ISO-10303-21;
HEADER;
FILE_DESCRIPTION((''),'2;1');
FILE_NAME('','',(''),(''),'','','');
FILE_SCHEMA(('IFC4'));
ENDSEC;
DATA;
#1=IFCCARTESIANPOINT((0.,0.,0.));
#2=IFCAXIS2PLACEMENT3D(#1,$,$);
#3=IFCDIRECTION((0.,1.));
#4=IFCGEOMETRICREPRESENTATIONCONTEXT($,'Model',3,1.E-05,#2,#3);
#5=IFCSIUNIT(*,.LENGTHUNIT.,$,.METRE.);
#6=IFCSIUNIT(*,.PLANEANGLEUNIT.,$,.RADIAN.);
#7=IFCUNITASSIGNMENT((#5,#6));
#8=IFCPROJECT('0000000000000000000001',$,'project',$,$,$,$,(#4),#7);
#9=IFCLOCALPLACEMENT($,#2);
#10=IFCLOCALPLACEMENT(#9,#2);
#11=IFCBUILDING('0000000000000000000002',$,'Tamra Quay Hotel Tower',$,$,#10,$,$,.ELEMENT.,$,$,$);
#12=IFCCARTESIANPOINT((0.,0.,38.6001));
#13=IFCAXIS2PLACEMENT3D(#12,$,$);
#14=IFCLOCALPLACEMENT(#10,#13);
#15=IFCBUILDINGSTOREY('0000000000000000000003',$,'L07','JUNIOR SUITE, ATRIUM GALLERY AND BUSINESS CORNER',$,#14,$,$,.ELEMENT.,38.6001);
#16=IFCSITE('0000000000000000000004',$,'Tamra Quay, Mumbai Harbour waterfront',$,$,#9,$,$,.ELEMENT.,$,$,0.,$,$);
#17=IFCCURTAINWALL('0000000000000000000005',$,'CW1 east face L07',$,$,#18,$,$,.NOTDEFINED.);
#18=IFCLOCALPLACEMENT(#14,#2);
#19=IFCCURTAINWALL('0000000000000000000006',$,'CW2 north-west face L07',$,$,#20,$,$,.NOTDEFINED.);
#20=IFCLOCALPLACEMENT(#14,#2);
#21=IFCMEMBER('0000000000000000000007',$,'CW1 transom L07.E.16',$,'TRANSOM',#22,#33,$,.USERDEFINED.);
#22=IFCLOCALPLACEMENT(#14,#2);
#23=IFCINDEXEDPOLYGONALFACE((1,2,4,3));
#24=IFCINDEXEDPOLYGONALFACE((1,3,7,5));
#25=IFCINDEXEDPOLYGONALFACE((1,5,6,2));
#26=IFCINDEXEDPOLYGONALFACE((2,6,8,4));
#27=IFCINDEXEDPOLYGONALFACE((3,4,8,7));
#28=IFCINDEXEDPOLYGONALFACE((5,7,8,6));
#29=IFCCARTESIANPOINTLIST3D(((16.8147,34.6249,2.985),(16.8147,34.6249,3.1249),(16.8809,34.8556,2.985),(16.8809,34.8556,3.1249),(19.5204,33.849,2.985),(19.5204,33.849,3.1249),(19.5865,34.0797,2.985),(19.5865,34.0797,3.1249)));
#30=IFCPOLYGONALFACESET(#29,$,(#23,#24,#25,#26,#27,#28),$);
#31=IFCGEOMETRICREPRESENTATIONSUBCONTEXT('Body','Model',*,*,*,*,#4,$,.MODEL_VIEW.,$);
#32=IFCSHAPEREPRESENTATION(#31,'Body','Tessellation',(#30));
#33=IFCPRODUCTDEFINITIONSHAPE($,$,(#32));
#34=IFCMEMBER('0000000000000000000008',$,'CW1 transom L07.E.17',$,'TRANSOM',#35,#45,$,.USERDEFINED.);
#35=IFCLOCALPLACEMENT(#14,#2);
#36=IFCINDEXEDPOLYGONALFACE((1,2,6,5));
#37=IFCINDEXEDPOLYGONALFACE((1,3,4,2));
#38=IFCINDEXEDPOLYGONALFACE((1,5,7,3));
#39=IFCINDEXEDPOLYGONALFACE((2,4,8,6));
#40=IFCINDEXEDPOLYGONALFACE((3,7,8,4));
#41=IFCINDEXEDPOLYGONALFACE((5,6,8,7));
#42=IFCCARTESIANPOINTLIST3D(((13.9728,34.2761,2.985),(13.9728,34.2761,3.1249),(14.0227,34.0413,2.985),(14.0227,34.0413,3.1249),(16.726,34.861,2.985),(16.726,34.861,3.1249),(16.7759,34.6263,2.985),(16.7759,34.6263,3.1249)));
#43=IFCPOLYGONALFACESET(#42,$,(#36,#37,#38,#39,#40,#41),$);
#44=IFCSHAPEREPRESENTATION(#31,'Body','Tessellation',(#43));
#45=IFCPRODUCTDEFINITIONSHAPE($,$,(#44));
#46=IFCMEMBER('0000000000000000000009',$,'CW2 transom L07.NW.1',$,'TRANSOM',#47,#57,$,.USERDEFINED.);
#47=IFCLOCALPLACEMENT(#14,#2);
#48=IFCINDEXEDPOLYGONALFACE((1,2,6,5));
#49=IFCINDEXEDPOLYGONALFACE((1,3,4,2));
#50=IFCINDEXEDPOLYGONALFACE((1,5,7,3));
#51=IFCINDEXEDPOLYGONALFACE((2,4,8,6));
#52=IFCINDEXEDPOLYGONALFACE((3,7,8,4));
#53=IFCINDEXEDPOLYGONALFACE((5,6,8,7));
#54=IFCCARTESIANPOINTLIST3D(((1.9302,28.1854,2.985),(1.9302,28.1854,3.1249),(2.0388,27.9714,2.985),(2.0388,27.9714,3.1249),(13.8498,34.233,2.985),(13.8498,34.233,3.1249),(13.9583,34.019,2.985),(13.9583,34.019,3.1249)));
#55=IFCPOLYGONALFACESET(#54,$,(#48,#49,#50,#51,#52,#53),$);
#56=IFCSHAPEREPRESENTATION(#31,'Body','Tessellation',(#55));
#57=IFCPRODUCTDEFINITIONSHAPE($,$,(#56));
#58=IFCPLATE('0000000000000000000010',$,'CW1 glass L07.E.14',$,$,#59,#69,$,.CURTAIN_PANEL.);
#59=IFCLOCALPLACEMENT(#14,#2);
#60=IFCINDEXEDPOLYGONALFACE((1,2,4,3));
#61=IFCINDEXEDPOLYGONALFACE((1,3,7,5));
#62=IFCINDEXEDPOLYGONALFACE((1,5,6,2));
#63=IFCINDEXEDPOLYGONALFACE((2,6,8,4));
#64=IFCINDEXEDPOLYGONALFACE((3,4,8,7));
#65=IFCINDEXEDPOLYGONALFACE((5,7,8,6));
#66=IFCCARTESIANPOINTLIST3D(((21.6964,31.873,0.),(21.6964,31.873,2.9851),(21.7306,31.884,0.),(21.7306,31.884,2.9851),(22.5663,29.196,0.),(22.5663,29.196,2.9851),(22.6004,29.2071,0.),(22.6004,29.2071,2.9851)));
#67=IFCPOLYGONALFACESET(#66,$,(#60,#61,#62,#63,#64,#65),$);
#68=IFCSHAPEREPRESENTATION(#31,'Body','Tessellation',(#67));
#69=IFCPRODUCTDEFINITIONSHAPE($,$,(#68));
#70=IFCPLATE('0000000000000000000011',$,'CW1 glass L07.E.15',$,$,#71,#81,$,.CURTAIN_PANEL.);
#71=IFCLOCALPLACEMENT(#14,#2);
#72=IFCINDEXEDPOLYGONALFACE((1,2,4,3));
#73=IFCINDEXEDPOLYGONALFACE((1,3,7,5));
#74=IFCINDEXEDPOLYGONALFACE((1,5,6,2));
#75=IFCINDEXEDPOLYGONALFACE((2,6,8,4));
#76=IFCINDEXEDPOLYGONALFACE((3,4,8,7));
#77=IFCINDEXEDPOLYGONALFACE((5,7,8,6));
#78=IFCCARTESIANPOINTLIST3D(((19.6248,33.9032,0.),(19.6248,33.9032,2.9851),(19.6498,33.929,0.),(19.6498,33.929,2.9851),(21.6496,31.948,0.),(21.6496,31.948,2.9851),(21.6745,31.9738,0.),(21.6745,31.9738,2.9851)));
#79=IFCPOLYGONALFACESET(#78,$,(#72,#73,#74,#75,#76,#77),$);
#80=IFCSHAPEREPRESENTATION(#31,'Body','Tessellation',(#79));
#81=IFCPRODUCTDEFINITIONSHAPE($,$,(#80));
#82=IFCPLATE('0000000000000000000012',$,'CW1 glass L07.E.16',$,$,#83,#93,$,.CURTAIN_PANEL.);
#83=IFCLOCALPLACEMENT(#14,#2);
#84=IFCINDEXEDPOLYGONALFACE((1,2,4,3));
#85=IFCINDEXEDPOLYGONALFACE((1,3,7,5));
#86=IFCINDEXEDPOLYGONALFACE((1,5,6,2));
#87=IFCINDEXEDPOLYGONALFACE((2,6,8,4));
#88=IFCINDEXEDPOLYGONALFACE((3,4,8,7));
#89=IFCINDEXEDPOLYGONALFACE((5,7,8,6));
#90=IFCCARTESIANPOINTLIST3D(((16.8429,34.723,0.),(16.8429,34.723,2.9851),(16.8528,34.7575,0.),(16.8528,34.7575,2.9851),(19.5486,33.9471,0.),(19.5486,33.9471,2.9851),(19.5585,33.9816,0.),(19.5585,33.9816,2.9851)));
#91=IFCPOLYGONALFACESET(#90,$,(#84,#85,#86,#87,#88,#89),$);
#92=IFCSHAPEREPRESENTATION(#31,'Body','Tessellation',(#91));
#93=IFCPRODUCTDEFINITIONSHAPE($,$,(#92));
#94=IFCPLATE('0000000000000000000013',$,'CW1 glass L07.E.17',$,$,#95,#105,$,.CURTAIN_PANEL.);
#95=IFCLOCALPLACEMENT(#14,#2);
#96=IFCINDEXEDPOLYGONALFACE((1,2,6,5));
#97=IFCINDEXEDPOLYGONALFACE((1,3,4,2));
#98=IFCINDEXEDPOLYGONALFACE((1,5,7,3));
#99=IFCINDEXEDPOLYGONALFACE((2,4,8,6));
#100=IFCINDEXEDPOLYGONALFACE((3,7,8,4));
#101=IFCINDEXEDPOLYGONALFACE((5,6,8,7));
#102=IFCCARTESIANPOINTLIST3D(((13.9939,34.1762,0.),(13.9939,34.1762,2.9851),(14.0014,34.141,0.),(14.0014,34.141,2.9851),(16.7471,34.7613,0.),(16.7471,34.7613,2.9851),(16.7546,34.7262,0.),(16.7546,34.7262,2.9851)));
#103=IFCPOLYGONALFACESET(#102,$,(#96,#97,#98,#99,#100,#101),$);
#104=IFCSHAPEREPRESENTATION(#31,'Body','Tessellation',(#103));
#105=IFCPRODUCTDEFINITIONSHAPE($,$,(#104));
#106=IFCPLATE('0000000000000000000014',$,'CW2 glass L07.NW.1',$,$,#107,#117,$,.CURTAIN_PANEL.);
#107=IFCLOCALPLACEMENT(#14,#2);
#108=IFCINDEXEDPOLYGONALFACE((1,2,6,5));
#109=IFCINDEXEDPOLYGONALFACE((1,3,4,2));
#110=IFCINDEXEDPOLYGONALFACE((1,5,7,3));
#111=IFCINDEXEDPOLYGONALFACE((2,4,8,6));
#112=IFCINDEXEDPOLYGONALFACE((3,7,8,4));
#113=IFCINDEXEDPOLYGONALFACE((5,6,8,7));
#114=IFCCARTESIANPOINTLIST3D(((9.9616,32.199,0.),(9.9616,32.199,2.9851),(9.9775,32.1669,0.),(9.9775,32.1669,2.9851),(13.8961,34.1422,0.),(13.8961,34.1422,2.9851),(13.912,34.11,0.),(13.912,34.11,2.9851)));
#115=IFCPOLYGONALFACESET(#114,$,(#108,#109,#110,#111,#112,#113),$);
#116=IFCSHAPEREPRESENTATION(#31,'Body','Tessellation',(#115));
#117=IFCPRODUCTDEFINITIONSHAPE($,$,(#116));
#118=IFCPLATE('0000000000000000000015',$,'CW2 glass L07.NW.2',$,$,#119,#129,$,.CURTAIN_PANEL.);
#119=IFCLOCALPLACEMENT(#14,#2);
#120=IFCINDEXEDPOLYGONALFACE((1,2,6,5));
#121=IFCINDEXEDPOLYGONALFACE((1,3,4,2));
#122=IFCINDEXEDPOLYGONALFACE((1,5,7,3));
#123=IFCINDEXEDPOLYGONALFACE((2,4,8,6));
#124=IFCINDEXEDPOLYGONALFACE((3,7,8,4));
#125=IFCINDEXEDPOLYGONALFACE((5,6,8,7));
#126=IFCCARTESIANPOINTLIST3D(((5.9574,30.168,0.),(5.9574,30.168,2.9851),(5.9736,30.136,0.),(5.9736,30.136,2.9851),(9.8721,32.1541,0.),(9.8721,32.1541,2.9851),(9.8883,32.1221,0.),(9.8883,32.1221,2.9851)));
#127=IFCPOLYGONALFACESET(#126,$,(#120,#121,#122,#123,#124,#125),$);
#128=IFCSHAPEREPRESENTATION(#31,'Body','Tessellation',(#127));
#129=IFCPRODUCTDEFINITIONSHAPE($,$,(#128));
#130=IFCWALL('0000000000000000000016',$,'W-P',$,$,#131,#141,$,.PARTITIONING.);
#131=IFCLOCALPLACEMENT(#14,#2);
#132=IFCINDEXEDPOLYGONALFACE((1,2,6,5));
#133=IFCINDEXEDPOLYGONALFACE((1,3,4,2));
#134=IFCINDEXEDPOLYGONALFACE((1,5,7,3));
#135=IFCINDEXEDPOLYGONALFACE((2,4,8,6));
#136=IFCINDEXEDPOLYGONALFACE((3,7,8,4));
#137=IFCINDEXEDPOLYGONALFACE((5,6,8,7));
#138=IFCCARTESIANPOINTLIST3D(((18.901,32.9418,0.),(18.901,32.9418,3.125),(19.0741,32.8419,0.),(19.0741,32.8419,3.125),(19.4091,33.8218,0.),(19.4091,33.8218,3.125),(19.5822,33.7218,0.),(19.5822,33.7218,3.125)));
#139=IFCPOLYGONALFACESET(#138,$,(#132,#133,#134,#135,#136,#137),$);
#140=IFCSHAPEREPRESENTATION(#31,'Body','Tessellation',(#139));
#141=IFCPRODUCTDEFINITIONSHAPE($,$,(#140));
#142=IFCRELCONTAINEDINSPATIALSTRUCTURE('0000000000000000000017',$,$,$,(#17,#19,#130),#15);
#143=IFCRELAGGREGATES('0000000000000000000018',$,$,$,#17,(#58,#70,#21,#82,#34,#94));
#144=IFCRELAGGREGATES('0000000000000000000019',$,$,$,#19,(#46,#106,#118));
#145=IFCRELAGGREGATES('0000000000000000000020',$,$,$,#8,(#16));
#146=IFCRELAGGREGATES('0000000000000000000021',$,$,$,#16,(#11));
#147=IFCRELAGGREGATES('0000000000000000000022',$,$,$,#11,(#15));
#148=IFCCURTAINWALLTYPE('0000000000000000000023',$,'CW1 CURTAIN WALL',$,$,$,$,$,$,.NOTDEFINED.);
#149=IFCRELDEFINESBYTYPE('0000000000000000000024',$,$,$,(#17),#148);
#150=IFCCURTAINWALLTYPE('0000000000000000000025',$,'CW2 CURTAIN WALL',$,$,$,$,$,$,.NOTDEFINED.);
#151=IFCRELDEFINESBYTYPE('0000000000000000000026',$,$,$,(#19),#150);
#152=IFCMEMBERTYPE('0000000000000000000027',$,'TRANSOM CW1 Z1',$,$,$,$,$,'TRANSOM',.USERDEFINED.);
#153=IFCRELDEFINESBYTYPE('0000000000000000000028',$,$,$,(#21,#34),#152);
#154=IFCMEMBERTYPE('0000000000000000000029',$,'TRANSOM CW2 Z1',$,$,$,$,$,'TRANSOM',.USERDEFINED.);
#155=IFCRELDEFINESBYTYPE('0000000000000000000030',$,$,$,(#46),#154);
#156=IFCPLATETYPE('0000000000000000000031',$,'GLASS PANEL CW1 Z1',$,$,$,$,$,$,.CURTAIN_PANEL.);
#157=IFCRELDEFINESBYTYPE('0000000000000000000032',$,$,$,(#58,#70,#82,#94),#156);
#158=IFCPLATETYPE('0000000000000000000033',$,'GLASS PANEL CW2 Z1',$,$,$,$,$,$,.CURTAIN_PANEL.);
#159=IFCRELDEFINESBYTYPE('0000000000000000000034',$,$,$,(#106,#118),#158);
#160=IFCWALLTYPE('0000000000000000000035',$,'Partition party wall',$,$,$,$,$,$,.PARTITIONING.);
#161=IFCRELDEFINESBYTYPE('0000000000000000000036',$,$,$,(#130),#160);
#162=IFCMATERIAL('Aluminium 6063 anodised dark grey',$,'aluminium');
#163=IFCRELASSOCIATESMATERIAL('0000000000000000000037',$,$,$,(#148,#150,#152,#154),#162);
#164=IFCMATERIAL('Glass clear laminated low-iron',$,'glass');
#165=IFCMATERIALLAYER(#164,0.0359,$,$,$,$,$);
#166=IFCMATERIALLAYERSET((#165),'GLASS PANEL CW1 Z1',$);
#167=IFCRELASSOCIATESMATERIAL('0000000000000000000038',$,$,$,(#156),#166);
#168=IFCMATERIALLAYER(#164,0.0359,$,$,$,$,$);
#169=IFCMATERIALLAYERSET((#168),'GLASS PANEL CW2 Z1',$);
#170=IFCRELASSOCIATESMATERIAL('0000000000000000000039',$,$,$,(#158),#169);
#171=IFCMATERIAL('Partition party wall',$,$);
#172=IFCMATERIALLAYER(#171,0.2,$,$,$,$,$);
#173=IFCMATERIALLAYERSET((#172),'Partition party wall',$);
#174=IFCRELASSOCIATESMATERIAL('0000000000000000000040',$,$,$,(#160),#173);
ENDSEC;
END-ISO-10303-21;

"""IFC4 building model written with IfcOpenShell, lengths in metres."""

from ifc_helpers import new_model, si_unit, direction, frame, frame_2d, origin, origin_2d, place, context, subcontext, project, spatial, rectangle, extrude, material, layer, layer_set, material_profile, profile_set, type_object, element, aggregate, save


model = new_model("IFC4")

# Units and contexts
model_context = context("Model", 3, precision=1e-05, world=origin(), true_north=direction((0.0, 1.0)))
body_context = subcontext(model_context, "Body", "Model", "MODEL_VIEW")
ifc_project = project(units=[si_unit("LENGTHUNIT", "METRE"), si_unit("PLANEANGLEUNIT", "RADIAN")], contexts=[model_context])

# Site, building, storey
site_placement = place(None, origin())
site = spatial("IfcSite", under=ifc_project, at=site_placement, Name="Tamra Quay, Mumbai Harbour waterfront", CompositionType="ELEMENT", RefElevation=0.0)
building_placement = place(site_placement, origin())
building = spatial("IfcBuilding", under=site, at=building_placement, Name="Tamra Quay Hotel Tower", CompositionType="ELEMENT")
storey_placement = place(building_placement, frame((0.0, 0.0, 38.6001)))
storey = spatial("IfcBuildingStorey", under=building, at=storey_placement, Name="L07", Description="JUNIOR SUITE, ATRIUM GALLERY AND BUSINESS CORNER", CompositionType="ELEMENT", Elevation=38.6001)

# Curtain wall
ifc_material_1 = material(Name="Aluminium 6063 anodised dark grey", Category="aluminium")
curtain_wall_type_1 = type_object("IfcCurtainWallType", Name="CW1 CURTAIN WALL", PredefinedType="NOTDEFINED", material=ifc_material_1)
curtain_wall_1_placement = place(storey_placement, origin())
curtain_wall_1 = element("IfcCurtainWall", 1, at=curtain_wall_1_placement, inside=storey, type_object=curtain_wall_type_1, Name="CW1 east face L07", PredefinedType="NOTDEFINED")

# Curtain wall
curtain_wall_type_2 = type_object("IfcCurtainWallType", Name="CW2 CURTAIN WALL", PredefinedType="NOTDEFINED", material=ifc_material_1)
curtain_wall_2_placement = place(storey_placement, origin())
curtain_wall_2 = element("IfcCurtainWall", 2, at=curtain_wall_2_placement, inside=storey, type_object=curtain_wall_type_2, Name="CW2 north-west face L07", PredefinedType="NOTDEFINED")

# Members
ifc_material_profile_1 = material_profile(ifc_material_1, rectangle(XDim=0.24, YDim=0.1399, at=origin_2d()), Name="TRANSOM 240X140")
ifc_profile_set_1 = profile_set([ifc_material_profile_1], Name="Aluminium 6063 anodised dark grey")
member_type_1 = type_object("IfcMemberType", Name="TRANSOM CW1 Z1", ElementType="TRANSOM", PredefinedType="USERDEFINED", material=ifc_profile_set_1)
member_1_placement = place(storey_placement, frame((19.5535, 33.9644, 3.0549), z_axis=(-0.961255, 0.27566, 0.0), x_axis=(-0.27566, -0.961255, 0.0)))
member_1 = element("IfcMember", 3, at=member_1_placement, type_object=member_type_1, Name="CW1 transom L07.E.16", ObjectType="TRANSOM", PredefinedType="USERDEFINED", context=body_context, shape_type="SweptSolid", body=[
    extrude(rectangle(XDim=0.24, YDim=0.1399, at=origin_2d()), origin(), (0.0, 0.0, 1.0), 2.8147),
])
member_2_placement = place(storey_placement, frame((16.751, 34.7437, 3.0549), z_axis=(-0.978165, -0.207829, 0.0), x_axis=(0.207829, -0.978165, 0.0)))
member_2 = element("IfcMember", 4, at=member_2_placement, type_object=member_type_1, Name="CW1 transom L07.E.17", ObjectType="TRANSOM", PredefinedType="USERDEFINED", context=body_context, shape_type="SweptSolid", body=[
    extrude(rectangle(XDim=0.24, YDim=0.1399, at=origin_2d()), origin(), (0.0, 0.0, 1.0), 2.8147),
])
ifc_material_profile_2 = material_profile(ifc_material_1, rectangle(XDim=0.24, YDim=0.1399, at=origin_2d()), Name="TRANSOM 240X140")
ifc_profile_set_2 = profile_set([ifc_material_profile_2], Name="Aluminium 6063 anodised dark grey")
member_type_2 = type_object("IfcMemberType", Name="TRANSOM CW2 Z1", ElementType="TRANSOM", PredefinedType="USERDEFINED", material=ifc_profile_set_2)
member_3_placement = place(storey_placement, frame((13.9041, 34.126, 3.0549), z_axis=(-0.891785, -0.452459, 0.0), x_axis=(0.452459, -0.891785, 0.0)))
member_3 = element("IfcMember", 5, at=member_3_placement, type_object=member_type_2, Name="CW2 transom L07.NW.1", ObjectType="TRANSOM", PredefinedType="USERDEFINED", context=body_context, shape_type="SweptSolid", body=[
    extrude(rectangle(XDim=0.24, YDim=0.1399, at=origin_2d()), origin(), (0.0, 0.0, 1.0), 13.366),
])

# Plates
ifc_material_2 = material(Name="Glass clear laminated low-iron", Category="glass")
ifc_layer_1 = layer(ifc_material_2, 0.0359)
ifc_layer_set_1 = layer_set([ifc_layer_1], Name="GLASS PANEL CW1 Z1")
plate_type_1 = type_object("IfcPlateType", Name="GLASS PANEL CW1 Z1", PredefinedType="CURTAIN_PANEL", material=ifc_layer_set_1)
plate_1_placement = place(storey_placement, frame((22.1484, 30.54, 0.0), z_axis=(0.0, 0.0, 1.0), x_axis=(-0.309041, 0.951049, 0.0)))
plate_1 = element("IfcPlate", 6, at=plate_1_placement, type_object=plate_type_1, Name="CW1 glass L07.E.14", PredefinedType="CURTAIN_PANEL", context=body_context, shape_type="SweptSolid", body=[
    extrude(rectangle(XDim=2.8147, YDim=0.0359, at=origin_2d()), origin(), (0.0, 0.0, 1.0), 2.9851),
])
plate_2_placement = place(storey_placement, frame((20.6497, 32.9385, 0.0), z_axis=(0.0, 0.0, 1.0), x_axis=(-0.719346, 0.694652, 0.0)))
plate_2 = element("IfcPlate", 7, at=plate_2_placement, type_object=plate_type_1, Name="CW1 glass L07.E.15", PredefinedType="CURTAIN_PANEL", context=body_context, shape_type="SweptSolid", body=[
    extrude(rectangle(XDim=2.8147, YDim=0.0359, at=origin_2d()), origin(), (0.0, 0.0, 1.0), 2.9851),
])
plate_3_placement = place(storey_placement, frame((18.2007, 34.3523, 0.0), z_axis=(0.0, 0.0, 1.0), x_axis=(-0.961259, 0.275645, 0.0)))
plate_3 = element("IfcPlate", 8, at=plate_3_placement, type_object=plate_type_1, Name="CW1 glass L07.E.16", PredefinedType="CURTAIN_PANEL", context=body_context, shape_type="SweptSolid", body=[
    extrude(rectangle(XDim=2.8147, YDim=0.0359, at=origin_2d()), origin(), (0.0, 0.0, 1.0), 2.9851),
])
plate_4_placement = place(storey_placement, frame((15.3743, 34.4512, 0.0), z_axis=(0.0, 0.0, 1.0), x_axis=(-0.978153, -0.207887, 0.0)))
plate_4 = element("IfcPlate", 9, at=plate_4_placement, type_object=plate_type_1, Name="CW1 glass L07.E.17", PredefinedType="CURTAIN_PANEL", context=body_context, shape_type="SweptSolid", body=[
    extrude(rectangle(XDim=2.8147, YDim=0.0359, at=origin_2d()), origin(), (0.0, 0.0, 1.0), 2.9851),
])
aggregate(curtain_wall_1, [plate_1, plate_2, member_1, plate_3, member_2, plate_4])
ifc_layer_2 = layer(ifc_material_2, 0.0359)
ifc_layer_set_2 = layer_set([ifc_layer_2], Name="GLASS PANEL CW2 Z1")
plate_type_2 = type_object("IfcPlateType", Name="GLASS PANEL CW2 Z1", PredefinedType="CURTAIN_PANEL", material=ifc_layer_set_2)
plate_5_placement = place(storey_placement, frame((11.9368, 33.1545, 0.0), z_axis=(0.0, 0.0, 1.0), x_axis=(-0.896611, -0.442819, 0.0)))
plate_5 = element("IfcPlate", 10, at=plate_5_placement, type_object=plate_type_2, Name="CW2 glass L07.NW.1", PredefinedType="CURTAIN_PANEL", context=body_context, shape_type="SweptSolid", body=[
    extrude(rectangle(XDim=4.3882, YDim=0.0359, at=origin_2d()), origin(), (0.0, 0.0, 1.0), 2.9851),
])
plate_6_placement = place(storey_placement, frame((7.9229, 31.145, 0.0), z_axis=(0.0, 0.0, 1.0), x_axis=(-0.89179, -0.45245, 0.0)))
plate_6 = element("IfcPlate", 11, at=plate_6_placement, type_object=plate_type_2, Name="CW2 glass L07.NW.2", PredefinedType="CURTAIN_PANEL", context=body_context, shape_type="SweptSolid", body=[
    extrude(rectangle(XDim=4.3896, YDim=0.0359, at=origin_2d()), origin(), (0.0, 0.0, 1.0), 2.9851),
])
aggregate(curtain_wall_2, [member_3, plate_5, plate_6])

# Wall
ifc_material_3 = material(Name="Partition party wall")
ifc_layer_3 = layer(ifc_material_3, 0.2)
ifc_layer_set_3 = layer_set([ifc_layer_3], Name="Partition party wall")
wall_type = type_object("IfcWallType", Name="Partition party wall", PredefinedType="PARTITIONING", material=ifc_layer_set_3)
wall_placement = place(storey_placement, frame((18.9875, 32.8918, 0.0), z_axis=(0.0, 0.0, 1.0), x_axis=(0.500041, 0.866002, 0.0)))
element("IfcWall", 12, at=wall_placement, inside=storey, type_object=wall_type, Name="W-P", PredefinedType="PARTITIONING", context=body_context, shape_type="SweptSolid", body=[
    extrude(rectangle(XDim=1.0161, YDim=0.2, at=frame_2d((0.5081, 0.0))), origin(), (0.0, 0.0, 1.0), 3.125),
])

save(model, "model.ifc")
